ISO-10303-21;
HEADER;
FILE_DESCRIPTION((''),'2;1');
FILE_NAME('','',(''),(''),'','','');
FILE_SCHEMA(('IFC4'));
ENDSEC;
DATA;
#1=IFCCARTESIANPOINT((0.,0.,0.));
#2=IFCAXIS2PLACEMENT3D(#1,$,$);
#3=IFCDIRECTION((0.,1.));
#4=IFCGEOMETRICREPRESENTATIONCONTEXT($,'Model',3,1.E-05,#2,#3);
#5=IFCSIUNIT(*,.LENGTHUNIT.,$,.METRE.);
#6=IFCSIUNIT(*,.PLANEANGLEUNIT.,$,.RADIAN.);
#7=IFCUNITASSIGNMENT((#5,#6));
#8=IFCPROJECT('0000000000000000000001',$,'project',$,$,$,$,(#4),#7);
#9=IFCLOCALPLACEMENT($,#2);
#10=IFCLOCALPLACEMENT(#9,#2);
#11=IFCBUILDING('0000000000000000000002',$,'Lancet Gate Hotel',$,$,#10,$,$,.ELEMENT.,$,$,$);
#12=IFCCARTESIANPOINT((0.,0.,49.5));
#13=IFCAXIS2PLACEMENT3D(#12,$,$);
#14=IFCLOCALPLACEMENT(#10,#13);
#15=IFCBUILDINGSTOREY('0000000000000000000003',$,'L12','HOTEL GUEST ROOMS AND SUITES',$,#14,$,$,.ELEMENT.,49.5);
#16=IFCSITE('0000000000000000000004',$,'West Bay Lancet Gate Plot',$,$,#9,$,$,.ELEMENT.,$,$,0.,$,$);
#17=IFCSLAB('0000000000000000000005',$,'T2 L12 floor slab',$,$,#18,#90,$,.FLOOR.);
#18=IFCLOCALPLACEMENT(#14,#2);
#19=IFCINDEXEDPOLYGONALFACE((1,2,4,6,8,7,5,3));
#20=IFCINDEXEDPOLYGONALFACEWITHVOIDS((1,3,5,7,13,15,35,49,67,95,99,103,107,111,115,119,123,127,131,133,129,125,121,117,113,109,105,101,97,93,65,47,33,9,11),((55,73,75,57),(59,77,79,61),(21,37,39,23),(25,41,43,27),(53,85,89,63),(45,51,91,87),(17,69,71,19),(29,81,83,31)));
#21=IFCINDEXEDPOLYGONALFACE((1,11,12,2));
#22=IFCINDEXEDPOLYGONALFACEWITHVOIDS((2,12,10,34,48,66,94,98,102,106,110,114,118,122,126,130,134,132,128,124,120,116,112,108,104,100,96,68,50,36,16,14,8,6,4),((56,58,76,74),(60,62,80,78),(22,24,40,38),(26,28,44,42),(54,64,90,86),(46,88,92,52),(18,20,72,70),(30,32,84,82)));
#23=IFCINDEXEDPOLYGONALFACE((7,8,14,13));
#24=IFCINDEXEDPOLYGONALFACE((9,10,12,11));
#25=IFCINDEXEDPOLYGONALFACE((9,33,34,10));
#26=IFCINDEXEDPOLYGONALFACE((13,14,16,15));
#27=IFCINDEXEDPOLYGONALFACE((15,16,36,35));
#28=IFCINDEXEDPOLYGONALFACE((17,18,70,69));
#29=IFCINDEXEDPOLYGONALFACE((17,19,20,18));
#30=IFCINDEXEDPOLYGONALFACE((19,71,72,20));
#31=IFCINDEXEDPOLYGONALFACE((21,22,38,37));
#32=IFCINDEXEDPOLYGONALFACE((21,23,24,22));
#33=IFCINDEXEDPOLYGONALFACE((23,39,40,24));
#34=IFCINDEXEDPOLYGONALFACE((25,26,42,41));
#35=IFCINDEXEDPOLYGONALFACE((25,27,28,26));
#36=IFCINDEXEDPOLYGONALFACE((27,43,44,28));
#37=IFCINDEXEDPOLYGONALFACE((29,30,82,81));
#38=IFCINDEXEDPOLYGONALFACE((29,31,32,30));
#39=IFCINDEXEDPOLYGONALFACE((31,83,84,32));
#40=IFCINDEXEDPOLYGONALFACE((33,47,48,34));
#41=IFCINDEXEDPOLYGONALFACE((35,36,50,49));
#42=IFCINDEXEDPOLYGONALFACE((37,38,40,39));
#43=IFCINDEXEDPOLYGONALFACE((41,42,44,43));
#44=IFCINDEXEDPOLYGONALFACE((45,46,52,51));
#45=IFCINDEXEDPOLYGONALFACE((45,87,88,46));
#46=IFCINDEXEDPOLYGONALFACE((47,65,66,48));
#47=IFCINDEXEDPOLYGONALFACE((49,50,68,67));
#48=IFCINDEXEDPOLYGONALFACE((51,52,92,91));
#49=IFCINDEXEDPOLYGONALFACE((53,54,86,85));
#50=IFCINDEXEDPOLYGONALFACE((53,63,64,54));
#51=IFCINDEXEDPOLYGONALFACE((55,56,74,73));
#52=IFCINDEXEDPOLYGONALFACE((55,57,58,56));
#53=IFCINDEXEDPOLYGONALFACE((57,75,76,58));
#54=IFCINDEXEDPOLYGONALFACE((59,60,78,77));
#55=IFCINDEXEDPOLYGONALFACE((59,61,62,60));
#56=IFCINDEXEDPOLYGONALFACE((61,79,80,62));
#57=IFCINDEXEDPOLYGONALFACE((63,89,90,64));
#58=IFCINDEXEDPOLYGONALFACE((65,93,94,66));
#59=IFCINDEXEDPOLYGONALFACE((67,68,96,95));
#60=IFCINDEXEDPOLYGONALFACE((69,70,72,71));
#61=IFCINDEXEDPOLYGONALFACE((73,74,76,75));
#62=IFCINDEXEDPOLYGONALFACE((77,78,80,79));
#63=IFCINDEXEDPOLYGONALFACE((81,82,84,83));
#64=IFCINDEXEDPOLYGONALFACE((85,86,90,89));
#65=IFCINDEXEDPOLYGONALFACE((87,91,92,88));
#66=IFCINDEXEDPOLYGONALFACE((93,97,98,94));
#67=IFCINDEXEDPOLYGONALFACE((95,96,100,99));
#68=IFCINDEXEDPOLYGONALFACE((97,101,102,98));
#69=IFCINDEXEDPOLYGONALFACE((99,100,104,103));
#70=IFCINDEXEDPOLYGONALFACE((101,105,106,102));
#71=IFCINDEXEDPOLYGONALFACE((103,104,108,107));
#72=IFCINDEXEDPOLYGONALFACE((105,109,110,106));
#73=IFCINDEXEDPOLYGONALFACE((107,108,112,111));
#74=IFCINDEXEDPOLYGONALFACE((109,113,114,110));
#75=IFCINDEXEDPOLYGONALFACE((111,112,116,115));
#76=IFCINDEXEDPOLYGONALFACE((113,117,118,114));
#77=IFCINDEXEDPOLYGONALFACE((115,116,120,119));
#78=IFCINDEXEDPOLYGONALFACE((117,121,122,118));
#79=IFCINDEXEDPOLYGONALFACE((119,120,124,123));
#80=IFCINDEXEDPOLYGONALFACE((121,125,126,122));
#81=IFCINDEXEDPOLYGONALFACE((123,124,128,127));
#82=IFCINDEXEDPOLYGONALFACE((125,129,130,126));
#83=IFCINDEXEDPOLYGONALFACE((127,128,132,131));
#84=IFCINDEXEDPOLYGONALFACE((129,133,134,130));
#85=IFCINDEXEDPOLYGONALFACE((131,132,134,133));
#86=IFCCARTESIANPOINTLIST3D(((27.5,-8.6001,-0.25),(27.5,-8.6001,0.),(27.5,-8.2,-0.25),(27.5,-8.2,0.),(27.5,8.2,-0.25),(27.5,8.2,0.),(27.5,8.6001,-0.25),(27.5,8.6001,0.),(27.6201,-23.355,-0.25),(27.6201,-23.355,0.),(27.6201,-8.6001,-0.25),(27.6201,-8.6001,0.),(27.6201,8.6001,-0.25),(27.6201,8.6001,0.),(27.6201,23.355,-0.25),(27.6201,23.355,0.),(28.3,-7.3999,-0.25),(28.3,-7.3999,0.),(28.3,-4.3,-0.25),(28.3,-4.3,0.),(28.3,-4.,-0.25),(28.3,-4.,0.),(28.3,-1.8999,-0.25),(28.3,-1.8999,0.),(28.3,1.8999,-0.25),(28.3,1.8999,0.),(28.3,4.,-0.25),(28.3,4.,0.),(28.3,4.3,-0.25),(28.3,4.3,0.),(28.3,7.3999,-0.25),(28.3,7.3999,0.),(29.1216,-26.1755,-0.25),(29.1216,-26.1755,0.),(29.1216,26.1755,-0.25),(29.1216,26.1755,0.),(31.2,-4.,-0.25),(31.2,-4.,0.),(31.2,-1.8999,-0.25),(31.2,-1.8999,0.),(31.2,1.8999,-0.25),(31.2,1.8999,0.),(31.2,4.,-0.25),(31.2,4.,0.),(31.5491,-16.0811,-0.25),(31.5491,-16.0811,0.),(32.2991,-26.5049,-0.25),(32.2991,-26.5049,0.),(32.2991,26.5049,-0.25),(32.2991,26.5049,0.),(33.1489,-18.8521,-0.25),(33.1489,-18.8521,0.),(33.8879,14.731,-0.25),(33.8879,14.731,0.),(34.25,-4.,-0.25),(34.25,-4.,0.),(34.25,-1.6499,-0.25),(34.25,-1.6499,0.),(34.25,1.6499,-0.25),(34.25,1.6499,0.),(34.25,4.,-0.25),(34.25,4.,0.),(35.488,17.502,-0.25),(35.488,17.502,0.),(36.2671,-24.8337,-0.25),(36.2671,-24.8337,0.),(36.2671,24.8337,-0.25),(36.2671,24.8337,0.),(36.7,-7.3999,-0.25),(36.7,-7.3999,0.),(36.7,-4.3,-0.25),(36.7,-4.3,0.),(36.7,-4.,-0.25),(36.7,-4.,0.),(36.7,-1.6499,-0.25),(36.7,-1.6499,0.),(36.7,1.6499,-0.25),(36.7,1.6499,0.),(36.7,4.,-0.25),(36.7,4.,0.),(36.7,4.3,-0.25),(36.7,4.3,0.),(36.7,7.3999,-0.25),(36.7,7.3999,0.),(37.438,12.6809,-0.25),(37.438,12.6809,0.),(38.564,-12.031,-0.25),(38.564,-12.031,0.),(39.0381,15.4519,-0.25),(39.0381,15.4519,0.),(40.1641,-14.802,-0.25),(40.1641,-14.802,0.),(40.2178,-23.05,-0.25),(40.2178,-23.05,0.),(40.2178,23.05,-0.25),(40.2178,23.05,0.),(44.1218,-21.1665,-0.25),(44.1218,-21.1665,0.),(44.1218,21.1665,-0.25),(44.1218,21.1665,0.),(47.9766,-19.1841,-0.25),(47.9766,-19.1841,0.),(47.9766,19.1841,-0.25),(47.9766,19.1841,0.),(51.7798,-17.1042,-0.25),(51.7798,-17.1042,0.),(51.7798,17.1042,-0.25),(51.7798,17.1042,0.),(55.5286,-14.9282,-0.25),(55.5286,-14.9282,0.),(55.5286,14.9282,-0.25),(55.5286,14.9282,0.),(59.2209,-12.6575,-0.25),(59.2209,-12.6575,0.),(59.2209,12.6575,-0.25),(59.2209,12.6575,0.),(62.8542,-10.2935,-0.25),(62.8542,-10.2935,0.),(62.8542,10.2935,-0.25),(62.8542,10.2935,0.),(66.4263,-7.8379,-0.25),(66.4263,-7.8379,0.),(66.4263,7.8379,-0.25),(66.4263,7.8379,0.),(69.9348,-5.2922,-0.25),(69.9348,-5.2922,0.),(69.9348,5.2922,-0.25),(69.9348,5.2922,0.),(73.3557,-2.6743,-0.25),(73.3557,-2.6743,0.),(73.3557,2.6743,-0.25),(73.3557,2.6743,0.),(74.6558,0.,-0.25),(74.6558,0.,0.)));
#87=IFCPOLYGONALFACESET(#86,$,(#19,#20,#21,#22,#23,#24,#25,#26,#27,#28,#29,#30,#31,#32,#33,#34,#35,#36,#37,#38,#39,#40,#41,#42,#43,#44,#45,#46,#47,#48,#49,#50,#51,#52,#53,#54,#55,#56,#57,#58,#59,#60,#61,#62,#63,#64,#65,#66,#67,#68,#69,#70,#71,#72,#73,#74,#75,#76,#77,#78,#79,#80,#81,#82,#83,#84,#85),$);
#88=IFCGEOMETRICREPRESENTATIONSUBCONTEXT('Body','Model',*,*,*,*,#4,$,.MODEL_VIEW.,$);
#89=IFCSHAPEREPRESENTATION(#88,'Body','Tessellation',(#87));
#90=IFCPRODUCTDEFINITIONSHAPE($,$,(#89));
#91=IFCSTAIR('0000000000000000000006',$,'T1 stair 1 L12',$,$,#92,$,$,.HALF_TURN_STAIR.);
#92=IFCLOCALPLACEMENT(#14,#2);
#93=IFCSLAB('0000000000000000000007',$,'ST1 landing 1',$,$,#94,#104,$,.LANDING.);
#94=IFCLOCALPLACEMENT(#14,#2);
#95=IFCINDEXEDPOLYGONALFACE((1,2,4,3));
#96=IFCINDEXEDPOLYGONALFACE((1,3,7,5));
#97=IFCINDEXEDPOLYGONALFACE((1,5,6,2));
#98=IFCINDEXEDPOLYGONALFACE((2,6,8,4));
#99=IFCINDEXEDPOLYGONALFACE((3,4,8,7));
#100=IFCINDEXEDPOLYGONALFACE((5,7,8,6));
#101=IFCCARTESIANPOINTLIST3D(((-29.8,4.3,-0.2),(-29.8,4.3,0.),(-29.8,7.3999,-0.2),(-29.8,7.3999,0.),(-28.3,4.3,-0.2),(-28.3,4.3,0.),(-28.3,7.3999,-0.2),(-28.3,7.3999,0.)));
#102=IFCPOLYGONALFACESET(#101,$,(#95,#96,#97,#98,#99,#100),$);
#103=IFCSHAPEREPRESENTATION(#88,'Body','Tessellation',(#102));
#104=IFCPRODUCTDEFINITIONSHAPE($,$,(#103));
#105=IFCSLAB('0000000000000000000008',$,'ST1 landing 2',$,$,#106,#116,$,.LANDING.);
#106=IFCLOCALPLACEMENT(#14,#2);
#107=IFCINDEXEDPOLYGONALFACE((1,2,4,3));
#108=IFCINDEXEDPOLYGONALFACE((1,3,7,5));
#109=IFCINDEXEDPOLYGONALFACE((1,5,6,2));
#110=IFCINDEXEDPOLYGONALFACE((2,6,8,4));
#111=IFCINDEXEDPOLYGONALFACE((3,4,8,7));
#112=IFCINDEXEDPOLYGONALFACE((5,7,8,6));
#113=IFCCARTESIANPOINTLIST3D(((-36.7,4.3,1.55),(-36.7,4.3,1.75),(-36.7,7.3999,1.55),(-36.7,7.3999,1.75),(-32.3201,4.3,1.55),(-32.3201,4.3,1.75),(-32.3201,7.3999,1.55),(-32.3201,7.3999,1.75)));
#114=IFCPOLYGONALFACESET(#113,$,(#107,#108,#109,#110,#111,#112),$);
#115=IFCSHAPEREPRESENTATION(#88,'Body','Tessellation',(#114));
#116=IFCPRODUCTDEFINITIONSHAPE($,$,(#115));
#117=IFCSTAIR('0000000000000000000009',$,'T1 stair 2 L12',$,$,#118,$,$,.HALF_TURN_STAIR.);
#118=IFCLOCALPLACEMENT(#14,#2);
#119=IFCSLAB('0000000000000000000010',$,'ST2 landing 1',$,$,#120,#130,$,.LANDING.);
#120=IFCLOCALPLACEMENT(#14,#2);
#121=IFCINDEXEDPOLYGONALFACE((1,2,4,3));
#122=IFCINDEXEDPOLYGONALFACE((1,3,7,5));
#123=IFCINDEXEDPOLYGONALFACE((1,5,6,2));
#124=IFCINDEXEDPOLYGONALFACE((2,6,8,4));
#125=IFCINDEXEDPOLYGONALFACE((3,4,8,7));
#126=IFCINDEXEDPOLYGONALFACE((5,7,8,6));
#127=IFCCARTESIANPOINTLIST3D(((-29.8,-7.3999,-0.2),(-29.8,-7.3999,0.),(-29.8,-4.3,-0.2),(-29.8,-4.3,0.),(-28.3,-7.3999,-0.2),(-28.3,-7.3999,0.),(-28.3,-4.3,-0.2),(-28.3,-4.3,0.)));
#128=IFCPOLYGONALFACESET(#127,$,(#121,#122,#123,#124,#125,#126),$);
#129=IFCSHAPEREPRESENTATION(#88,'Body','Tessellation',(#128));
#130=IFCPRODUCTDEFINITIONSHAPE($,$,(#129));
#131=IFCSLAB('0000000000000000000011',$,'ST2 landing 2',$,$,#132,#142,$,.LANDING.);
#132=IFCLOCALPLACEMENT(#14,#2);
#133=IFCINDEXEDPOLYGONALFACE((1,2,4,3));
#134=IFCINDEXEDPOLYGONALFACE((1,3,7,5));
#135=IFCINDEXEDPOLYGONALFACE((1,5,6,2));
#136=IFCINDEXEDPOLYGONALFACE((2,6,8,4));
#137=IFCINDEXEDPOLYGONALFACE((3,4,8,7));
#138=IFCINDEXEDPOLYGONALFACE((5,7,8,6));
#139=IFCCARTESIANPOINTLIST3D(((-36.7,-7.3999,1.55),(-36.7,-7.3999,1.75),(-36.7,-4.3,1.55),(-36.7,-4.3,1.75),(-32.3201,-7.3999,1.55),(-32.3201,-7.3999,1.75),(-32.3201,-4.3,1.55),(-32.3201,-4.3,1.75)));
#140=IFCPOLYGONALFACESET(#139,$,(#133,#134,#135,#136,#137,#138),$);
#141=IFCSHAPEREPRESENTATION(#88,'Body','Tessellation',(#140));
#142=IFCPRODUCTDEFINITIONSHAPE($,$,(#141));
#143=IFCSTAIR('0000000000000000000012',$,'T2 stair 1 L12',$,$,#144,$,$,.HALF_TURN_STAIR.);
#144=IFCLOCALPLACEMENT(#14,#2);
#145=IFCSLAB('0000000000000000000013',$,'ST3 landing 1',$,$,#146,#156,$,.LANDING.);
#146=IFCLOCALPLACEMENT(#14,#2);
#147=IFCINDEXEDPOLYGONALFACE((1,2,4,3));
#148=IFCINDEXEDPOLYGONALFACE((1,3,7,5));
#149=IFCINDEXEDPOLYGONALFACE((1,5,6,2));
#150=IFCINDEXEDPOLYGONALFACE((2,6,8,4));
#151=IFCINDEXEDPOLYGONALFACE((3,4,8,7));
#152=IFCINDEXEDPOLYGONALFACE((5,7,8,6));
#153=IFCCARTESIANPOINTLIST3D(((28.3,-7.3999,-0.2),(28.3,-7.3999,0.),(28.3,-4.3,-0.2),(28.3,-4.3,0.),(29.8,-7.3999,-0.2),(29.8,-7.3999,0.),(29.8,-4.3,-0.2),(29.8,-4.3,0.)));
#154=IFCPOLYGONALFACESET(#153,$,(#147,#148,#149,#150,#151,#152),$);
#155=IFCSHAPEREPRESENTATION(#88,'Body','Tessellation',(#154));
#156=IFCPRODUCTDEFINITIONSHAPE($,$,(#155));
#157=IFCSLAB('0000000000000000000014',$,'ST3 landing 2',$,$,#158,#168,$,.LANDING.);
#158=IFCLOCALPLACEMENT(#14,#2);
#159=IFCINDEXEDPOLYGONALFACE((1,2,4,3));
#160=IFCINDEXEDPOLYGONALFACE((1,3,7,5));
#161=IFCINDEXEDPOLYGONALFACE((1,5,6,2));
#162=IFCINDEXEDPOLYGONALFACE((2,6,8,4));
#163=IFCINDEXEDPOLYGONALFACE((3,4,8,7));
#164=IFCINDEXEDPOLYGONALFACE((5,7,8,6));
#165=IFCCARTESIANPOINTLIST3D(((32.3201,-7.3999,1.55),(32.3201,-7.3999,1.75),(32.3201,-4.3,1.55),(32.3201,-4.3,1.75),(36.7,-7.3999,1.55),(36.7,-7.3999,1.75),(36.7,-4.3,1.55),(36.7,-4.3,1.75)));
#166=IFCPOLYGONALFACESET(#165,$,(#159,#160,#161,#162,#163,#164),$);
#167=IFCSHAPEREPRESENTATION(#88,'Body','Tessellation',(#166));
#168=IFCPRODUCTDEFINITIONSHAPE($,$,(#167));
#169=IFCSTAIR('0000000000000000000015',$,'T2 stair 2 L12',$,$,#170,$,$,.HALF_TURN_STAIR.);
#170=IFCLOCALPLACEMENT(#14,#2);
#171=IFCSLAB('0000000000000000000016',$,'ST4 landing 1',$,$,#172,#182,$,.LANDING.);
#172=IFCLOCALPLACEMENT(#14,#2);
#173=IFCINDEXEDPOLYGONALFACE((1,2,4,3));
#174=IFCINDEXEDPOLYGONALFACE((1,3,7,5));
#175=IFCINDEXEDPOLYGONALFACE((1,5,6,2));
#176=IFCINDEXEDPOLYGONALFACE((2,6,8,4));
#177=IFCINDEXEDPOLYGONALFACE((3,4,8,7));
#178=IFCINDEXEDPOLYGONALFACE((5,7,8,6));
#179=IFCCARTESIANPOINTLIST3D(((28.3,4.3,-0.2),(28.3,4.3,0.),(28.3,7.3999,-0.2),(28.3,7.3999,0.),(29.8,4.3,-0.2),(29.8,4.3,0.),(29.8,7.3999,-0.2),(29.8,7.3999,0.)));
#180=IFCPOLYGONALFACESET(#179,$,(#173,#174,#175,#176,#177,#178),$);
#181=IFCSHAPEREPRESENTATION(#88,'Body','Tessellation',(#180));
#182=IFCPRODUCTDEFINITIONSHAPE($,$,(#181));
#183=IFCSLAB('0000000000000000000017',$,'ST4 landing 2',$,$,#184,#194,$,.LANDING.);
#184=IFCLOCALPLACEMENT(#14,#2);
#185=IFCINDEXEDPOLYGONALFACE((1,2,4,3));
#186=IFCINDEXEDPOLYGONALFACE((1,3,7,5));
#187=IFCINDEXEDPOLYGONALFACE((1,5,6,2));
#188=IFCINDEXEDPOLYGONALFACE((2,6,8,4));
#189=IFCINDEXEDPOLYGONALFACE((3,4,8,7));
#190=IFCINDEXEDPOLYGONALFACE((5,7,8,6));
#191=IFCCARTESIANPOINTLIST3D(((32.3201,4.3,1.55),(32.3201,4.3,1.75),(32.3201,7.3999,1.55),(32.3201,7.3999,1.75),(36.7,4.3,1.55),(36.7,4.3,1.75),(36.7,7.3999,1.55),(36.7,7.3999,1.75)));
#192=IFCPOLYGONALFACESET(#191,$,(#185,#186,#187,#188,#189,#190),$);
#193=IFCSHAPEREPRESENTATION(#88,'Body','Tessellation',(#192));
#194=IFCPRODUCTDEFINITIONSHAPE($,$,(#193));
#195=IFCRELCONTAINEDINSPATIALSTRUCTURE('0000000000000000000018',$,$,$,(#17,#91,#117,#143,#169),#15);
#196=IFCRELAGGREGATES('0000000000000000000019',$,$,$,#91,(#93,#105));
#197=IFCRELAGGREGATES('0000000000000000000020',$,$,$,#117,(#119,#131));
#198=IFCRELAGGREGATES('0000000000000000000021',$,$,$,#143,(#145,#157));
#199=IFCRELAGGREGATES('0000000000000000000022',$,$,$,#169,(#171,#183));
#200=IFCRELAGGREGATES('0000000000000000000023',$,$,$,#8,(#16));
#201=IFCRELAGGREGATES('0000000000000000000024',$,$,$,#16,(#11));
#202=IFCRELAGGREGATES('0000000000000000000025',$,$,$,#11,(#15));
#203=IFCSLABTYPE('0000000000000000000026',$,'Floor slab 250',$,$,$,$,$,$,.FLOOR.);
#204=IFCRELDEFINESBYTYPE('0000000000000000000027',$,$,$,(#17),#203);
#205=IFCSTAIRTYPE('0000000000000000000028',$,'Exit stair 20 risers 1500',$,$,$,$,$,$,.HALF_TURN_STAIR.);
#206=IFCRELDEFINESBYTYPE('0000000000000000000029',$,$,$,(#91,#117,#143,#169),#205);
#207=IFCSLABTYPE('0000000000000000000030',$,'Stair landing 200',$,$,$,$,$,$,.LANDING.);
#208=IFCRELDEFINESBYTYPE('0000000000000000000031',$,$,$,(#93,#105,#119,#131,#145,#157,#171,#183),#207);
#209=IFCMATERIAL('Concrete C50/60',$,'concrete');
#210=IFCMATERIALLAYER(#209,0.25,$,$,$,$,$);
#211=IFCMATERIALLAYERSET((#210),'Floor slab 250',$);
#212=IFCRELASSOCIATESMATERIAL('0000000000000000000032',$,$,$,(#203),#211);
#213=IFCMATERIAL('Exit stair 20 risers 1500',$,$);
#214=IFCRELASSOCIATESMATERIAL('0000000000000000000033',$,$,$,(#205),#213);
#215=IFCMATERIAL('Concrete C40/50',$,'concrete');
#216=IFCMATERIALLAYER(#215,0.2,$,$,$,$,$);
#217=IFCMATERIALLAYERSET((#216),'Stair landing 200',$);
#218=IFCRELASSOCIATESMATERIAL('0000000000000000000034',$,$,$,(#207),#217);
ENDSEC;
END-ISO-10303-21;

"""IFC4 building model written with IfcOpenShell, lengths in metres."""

from ifc_helpers import new_model, si_unit, direction, frame, origin, place, context, subcontext, project, spatial, polyline, outline, extrude, material, layer, layer_set, type_object, element, aggregate, save


model = new_model("IFC4")

# Units and contexts
model_context = context("Model", 3, precision=1e-05, world=origin(), true_north=direction((0.0, 1.0)))
body_context = subcontext(model_context, "Body", "Model", "MODEL_VIEW")
ifc_project = project(units=[si_unit("LENGTHUNIT", "METRE"), si_unit("PLANEANGLEUNIT", "RADIAN")], contexts=[model_context])

# Site, building, storey
site_placement = place(None, origin())
site = spatial("IfcSite", under=ifc_project, at=site_placement, Name="West Bay Lancet Gate Plot", CompositionType="ELEMENT", RefElevation=0.0)
building_placement = place(site_placement, origin())
building = spatial("IfcBuilding", under=site, at=building_placement, Name="Lancet Gate Hotel", CompositionType="ELEMENT")
storey_placement = place(building_placement, frame((0.0, 0.0, 49.5)))
storey = spatial("IfcBuildingStorey", under=building, at=storey_placement, Name="L12", Description="HOTEL GUEST ROOMS AND SUITES", CompositionType="ELEMENT", Elevation=49.5)

# Slab
ifc_material_1 = material(Name="Concrete C50/60", Category="concrete")
ifc_layer_1 = layer(ifc_material_1, 0.25)
ifc_layer_set_1 = layer_set([ifc_layer_1], Name="Floor slab 250")
slab_type_1 = type_object("IfcSlabType", Name="Floor slab 250", PredefinedType="FLOOR", material=ifc_layer_set_1)
slab_1_placement = place(storey_placement, frame((0.0, 0.0, -0.25)))
element("IfcSlab", 1, at=slab_1_placement, inside=storey, type_object=slab_type_1, Name="T2 L12 floor slab", PredefinedType="FLOOR", context=body_context, shape_type="SweptSolid", body=[
    extrude(outline(polyline([(27.5, -8.6001), (27.6201, -8.6001), (27.6201, -23.355), (29.1216, -26.1755), (32.2991, -26.5049), (36.2671, -24.8337), (40.2178, -23.05), (44.1218, -21.1665), (47.9766, -19.1841), (51.7798, -17.1042), (55.5286, -14.9282), (59.2209, -12.6575), (62.8542, -10.2935), (66.4263, -7.8379), (69.9348, -5.2922), (73.3557, -2.6743), (74.6558, 0.0), (73.3557, 2.6743), (69.9348, 5.2922), (66.4263, 7.8379), (62.8542, 10.2935), (59.2209, 12.6575), (55.5286, 14.9282), (51.7798, 17.1042), (47.9766, 19.1841), (44.1218, 21.1665), (40.2178, 23.05), (36.2671, 24.8337), (32.2991, 26.5049), (29.1216, 26.1755), (27.6201, 23.355), (27.6201, 8.6001), (27.5, 8.6001), (27.5, 8.2), (27.5, -8.2), (27.5, -8.6001)]), holes=[polyline([(36.7, -7.3999), (36.7, -4.3), (28.3, -4.3), (28.3, -7.3999), (36.7, -7.3999)]), polyline([(28.3, -4.0), (31.2, -4.0), (31.2, -1.8999), (28.3, -1.8999), (28.3, -4.0)]), polyline([(34.25, -4.0), (36.7, -4.0), (36.7, -1.6499), (34.25, -1.6499), (34.25, -4.0)]), polyline([(36.7, 1.6499), (36.7, 4.0), (34.25, 4.0), (34.25, 1.6499), (36.7, 1.6499)]), polyline([(28.3, 1.8999), (31.2, 1.8999), (31.2, 4.0), (28.3, 4.0), (28.3, 1.8999)]), polyline([(28.3, 4.3), (36.7, 4.3), (36.7, 7.3999), (28.3, 7.3999), (28.3, 4.3)]), polyline([(31.5491, -16.0811), (33.1489, -18.8521), (40.1641, -14.802), (38.564, -12.031), (31.5491, -16.0811)]), polyline([(33.8879, 14.731), (37.438, 12.6809), (39.0381, 15.4519), (35.488, 17.502), (33.8879, 14.731)])]), origin(), (0.0, 0.0, 1.0), 0.25),
])

# Stairs, slabs
ifc_material_2 = material(Name="Exit stair 20 risers 1500")
stair_type = type_object("IfcStairType", Name="Exit stair 20 risers 1500", PredefinedType="HALF_TURN_STAIR", material=ifc_material_2)
stair_1_placement = place(storey_placement, origin())
stair_1 = element("IfcStair", 2, at=stair_1_placement, inside=storey, type_object=stair_type, Name="T1 stair 1 L12", PredefinedType="HALF_TURN_STAIR")
ifc_material_3 = material(Name="Concrete C40/50", Category="concrete")
ifc_layer_2 = layer(ifc_material_3, 0.2)
ifc_layer_set_2 = layer_set([ifc_layer_2], Name="Stair landing 200")
slab_type_2 = type_object("IfcSlabType", Name="Stair landing 200", PredefinedType="LANDING", material=ifc_layer_set_2)
slab_2_placement = place(storey_placement, frame((0.0, 0.0, -0.2)))
slab_2 = element("IfcSlab", 3, at=slab_2_placement, type_object=slab_type_2, Name="ST1 landing 1", PredefinedType="LANDING", context=body_context, shape_type="SweptSolid", body=[
    extrude(outline(polyline([(-28.3, 7.3999), (-29.8, 7.3999), (-29.8, 4.3), (-28.3, 4.3), (-28.3, 7.3999)])), origin(), (0.0, 0.0, 1.0), 0.2),
])
slab_3_placement = place(storey_placement, frame((0.0, 0.0, 1.55)))
slab_3 = element("IfcSlab", 4, at=slab_3_placement, type_object=slab_type_2, Name="ST1 landing 2", PredefinedType="LANDING", context=body_context, shape_type="SweptSolid", body=[
    extrude(outline(polyline([(-32.3201, 7.3999), (-36.7, 7.3999), (-36.7, 4.3), (-32.3201, 4.3), (-32.3201, 7.3999)])), origin(), (0.0, 0.0, 1.0), 0.2),
])
aggregate(stair_1, [slab_2, slab_3])
stair_2_placement = place(storey_placement, origin())
stair_2 = element("IfcStair", 5, at=stair_2_placement, inside=storey, type_object=stair_type, Name="T1 stair 2 L12", PredefinedType="HALF_TURN_STAIR")
slab_4_placement = place(storey_placement, frame((0.0, 0.0, -0.2)))
slab_4 = element("IfcSlab", 6, at=slab_4_placement, type_object=slab_type_2, Name="ST2 landing 1", PredefinedType="LANDING", context=body_context, shape_type="SweptSolid", body=[
    extrude(outline(polyline([(-28.3, -4.3), (-29.8, -4.3), (-29.8, -7.3999), (-28.3, -7.3999), (-28.3, -4.3)])), origin(), (0.0, 0.0, 1.0), 0.2),
])
slab_5_placement = place(storey_placement, frame((0.0, 0.0, 1.55)))
slab_5 = element("IfcSlab", 7, at=slab_5_placement, type_object=slab_type_2, Name="ST2 landing 2", PredefinedType="LANDING", context=body_context, shape_type="SweptSolid", body=[
    extrude(outline(polyline([(-32.3201, -4.3), (-36.7, -4.3), (-36.7, -7.3999), (-32.3201, -7.3999), (-32.3201, -4.3)])), origin(), (0.0, 0.0, 1.0), 0.2),
])
aggregate(stair_2, [slab_4, slab_5])
stair_3_placement = place(storey_placement, origin())
stair_3 = element("IfcStair", 8, at=stair_3_placement, inside=storey, type_object=stair_type, Name="T2 stair 1 L12", PredefinedType="HALF_TURN_STAIR")
slab_6_placement = place(storey_placement, frame((0.0, 0.0, -0.2)))
slab_6 = element("IfcSlab", 9, at=slab_6_placement, type_object=slab_type_2, Name="ST3 landing 1", PredefinedType="LANDING", context=body_context, shape_type="SweptSolid", body=[
    extrude(outline(polyline([(28.3, -7.3999), (29.8, -7.3999), (29.8, -4.3), (28.3, -4.3), (28.3, -7.3999)])), origin(), (0.0, 0.0, 1.0), 0.2),
])
slab_7_placement = place(storey_placement, frame((0.0, 0.0, 1.55)))
slab_7 = element("IfcSlab", 10, at=slab_7_placement, type_object=slab_type_2, Name="ST3 landing 2", PredefinedType="LANDING", context=body_context, shape_type="SweptSolid", body=[
    extrude(outline(polyline([(32.3201, -7.3999), (36.7, -7.3999), (36.7, -4.3), (32.3201, -4.3), (32.3201, -7.3999)])), origin(), (0.0, 0.0, 1.0), 0.2),
])
aggregate(stair_3, [slab_6, slab_7])
stair_4_placement = place(storey_placement, origin())
stair_4 = element("IfcStair", 11, at=stair_4_placement, inside=storey, type_object=stair_type, Name="T2 stair 2 L12", PredefinedType="HALF_TURN_STAIR")
slab_8_placement = place(storey_placement, frame((0.0, 0.0, -0.2)))
slab_8 = element("IfcSlab", 12, at=slab_8_placement, type_object=slab_type_2, Name="ST4 landing 1", PredefinedType="LANDING", context=body_context, shape_type="SweptSolid", body=[
    extrude(outline(polyline([(28.3, 4.3), (29.8, 4.3), (29.8, 7.3999), (28.3, 7.3999), (28.3, 4.3)])), origin(), (0.0, 0.0, 1.0), 0.2),
])
slab_9_placement = place(storey_placement, frame((0.0, 0.0, 1.55)))
slab_9 = element("IfcSlab", 13, at=slab_9_placement, type_object=slab_type_2, Name="ST4 landing 2", PredefinedType="LANDING", context=body_context, shape_type="SweptSolid", body=[
    extrude(outline(polyline([(32.3201, 4.3), (36.7, 4.3), (36.7, 7.3999), (32.3201, 7.3999), (32.3201, 4.3)])), origin(), (0.0, 0.0, 1.0), 0.2),
])
aggregate(stair_4, [slab_8, slab_9])

save(model, "model.ifc")
